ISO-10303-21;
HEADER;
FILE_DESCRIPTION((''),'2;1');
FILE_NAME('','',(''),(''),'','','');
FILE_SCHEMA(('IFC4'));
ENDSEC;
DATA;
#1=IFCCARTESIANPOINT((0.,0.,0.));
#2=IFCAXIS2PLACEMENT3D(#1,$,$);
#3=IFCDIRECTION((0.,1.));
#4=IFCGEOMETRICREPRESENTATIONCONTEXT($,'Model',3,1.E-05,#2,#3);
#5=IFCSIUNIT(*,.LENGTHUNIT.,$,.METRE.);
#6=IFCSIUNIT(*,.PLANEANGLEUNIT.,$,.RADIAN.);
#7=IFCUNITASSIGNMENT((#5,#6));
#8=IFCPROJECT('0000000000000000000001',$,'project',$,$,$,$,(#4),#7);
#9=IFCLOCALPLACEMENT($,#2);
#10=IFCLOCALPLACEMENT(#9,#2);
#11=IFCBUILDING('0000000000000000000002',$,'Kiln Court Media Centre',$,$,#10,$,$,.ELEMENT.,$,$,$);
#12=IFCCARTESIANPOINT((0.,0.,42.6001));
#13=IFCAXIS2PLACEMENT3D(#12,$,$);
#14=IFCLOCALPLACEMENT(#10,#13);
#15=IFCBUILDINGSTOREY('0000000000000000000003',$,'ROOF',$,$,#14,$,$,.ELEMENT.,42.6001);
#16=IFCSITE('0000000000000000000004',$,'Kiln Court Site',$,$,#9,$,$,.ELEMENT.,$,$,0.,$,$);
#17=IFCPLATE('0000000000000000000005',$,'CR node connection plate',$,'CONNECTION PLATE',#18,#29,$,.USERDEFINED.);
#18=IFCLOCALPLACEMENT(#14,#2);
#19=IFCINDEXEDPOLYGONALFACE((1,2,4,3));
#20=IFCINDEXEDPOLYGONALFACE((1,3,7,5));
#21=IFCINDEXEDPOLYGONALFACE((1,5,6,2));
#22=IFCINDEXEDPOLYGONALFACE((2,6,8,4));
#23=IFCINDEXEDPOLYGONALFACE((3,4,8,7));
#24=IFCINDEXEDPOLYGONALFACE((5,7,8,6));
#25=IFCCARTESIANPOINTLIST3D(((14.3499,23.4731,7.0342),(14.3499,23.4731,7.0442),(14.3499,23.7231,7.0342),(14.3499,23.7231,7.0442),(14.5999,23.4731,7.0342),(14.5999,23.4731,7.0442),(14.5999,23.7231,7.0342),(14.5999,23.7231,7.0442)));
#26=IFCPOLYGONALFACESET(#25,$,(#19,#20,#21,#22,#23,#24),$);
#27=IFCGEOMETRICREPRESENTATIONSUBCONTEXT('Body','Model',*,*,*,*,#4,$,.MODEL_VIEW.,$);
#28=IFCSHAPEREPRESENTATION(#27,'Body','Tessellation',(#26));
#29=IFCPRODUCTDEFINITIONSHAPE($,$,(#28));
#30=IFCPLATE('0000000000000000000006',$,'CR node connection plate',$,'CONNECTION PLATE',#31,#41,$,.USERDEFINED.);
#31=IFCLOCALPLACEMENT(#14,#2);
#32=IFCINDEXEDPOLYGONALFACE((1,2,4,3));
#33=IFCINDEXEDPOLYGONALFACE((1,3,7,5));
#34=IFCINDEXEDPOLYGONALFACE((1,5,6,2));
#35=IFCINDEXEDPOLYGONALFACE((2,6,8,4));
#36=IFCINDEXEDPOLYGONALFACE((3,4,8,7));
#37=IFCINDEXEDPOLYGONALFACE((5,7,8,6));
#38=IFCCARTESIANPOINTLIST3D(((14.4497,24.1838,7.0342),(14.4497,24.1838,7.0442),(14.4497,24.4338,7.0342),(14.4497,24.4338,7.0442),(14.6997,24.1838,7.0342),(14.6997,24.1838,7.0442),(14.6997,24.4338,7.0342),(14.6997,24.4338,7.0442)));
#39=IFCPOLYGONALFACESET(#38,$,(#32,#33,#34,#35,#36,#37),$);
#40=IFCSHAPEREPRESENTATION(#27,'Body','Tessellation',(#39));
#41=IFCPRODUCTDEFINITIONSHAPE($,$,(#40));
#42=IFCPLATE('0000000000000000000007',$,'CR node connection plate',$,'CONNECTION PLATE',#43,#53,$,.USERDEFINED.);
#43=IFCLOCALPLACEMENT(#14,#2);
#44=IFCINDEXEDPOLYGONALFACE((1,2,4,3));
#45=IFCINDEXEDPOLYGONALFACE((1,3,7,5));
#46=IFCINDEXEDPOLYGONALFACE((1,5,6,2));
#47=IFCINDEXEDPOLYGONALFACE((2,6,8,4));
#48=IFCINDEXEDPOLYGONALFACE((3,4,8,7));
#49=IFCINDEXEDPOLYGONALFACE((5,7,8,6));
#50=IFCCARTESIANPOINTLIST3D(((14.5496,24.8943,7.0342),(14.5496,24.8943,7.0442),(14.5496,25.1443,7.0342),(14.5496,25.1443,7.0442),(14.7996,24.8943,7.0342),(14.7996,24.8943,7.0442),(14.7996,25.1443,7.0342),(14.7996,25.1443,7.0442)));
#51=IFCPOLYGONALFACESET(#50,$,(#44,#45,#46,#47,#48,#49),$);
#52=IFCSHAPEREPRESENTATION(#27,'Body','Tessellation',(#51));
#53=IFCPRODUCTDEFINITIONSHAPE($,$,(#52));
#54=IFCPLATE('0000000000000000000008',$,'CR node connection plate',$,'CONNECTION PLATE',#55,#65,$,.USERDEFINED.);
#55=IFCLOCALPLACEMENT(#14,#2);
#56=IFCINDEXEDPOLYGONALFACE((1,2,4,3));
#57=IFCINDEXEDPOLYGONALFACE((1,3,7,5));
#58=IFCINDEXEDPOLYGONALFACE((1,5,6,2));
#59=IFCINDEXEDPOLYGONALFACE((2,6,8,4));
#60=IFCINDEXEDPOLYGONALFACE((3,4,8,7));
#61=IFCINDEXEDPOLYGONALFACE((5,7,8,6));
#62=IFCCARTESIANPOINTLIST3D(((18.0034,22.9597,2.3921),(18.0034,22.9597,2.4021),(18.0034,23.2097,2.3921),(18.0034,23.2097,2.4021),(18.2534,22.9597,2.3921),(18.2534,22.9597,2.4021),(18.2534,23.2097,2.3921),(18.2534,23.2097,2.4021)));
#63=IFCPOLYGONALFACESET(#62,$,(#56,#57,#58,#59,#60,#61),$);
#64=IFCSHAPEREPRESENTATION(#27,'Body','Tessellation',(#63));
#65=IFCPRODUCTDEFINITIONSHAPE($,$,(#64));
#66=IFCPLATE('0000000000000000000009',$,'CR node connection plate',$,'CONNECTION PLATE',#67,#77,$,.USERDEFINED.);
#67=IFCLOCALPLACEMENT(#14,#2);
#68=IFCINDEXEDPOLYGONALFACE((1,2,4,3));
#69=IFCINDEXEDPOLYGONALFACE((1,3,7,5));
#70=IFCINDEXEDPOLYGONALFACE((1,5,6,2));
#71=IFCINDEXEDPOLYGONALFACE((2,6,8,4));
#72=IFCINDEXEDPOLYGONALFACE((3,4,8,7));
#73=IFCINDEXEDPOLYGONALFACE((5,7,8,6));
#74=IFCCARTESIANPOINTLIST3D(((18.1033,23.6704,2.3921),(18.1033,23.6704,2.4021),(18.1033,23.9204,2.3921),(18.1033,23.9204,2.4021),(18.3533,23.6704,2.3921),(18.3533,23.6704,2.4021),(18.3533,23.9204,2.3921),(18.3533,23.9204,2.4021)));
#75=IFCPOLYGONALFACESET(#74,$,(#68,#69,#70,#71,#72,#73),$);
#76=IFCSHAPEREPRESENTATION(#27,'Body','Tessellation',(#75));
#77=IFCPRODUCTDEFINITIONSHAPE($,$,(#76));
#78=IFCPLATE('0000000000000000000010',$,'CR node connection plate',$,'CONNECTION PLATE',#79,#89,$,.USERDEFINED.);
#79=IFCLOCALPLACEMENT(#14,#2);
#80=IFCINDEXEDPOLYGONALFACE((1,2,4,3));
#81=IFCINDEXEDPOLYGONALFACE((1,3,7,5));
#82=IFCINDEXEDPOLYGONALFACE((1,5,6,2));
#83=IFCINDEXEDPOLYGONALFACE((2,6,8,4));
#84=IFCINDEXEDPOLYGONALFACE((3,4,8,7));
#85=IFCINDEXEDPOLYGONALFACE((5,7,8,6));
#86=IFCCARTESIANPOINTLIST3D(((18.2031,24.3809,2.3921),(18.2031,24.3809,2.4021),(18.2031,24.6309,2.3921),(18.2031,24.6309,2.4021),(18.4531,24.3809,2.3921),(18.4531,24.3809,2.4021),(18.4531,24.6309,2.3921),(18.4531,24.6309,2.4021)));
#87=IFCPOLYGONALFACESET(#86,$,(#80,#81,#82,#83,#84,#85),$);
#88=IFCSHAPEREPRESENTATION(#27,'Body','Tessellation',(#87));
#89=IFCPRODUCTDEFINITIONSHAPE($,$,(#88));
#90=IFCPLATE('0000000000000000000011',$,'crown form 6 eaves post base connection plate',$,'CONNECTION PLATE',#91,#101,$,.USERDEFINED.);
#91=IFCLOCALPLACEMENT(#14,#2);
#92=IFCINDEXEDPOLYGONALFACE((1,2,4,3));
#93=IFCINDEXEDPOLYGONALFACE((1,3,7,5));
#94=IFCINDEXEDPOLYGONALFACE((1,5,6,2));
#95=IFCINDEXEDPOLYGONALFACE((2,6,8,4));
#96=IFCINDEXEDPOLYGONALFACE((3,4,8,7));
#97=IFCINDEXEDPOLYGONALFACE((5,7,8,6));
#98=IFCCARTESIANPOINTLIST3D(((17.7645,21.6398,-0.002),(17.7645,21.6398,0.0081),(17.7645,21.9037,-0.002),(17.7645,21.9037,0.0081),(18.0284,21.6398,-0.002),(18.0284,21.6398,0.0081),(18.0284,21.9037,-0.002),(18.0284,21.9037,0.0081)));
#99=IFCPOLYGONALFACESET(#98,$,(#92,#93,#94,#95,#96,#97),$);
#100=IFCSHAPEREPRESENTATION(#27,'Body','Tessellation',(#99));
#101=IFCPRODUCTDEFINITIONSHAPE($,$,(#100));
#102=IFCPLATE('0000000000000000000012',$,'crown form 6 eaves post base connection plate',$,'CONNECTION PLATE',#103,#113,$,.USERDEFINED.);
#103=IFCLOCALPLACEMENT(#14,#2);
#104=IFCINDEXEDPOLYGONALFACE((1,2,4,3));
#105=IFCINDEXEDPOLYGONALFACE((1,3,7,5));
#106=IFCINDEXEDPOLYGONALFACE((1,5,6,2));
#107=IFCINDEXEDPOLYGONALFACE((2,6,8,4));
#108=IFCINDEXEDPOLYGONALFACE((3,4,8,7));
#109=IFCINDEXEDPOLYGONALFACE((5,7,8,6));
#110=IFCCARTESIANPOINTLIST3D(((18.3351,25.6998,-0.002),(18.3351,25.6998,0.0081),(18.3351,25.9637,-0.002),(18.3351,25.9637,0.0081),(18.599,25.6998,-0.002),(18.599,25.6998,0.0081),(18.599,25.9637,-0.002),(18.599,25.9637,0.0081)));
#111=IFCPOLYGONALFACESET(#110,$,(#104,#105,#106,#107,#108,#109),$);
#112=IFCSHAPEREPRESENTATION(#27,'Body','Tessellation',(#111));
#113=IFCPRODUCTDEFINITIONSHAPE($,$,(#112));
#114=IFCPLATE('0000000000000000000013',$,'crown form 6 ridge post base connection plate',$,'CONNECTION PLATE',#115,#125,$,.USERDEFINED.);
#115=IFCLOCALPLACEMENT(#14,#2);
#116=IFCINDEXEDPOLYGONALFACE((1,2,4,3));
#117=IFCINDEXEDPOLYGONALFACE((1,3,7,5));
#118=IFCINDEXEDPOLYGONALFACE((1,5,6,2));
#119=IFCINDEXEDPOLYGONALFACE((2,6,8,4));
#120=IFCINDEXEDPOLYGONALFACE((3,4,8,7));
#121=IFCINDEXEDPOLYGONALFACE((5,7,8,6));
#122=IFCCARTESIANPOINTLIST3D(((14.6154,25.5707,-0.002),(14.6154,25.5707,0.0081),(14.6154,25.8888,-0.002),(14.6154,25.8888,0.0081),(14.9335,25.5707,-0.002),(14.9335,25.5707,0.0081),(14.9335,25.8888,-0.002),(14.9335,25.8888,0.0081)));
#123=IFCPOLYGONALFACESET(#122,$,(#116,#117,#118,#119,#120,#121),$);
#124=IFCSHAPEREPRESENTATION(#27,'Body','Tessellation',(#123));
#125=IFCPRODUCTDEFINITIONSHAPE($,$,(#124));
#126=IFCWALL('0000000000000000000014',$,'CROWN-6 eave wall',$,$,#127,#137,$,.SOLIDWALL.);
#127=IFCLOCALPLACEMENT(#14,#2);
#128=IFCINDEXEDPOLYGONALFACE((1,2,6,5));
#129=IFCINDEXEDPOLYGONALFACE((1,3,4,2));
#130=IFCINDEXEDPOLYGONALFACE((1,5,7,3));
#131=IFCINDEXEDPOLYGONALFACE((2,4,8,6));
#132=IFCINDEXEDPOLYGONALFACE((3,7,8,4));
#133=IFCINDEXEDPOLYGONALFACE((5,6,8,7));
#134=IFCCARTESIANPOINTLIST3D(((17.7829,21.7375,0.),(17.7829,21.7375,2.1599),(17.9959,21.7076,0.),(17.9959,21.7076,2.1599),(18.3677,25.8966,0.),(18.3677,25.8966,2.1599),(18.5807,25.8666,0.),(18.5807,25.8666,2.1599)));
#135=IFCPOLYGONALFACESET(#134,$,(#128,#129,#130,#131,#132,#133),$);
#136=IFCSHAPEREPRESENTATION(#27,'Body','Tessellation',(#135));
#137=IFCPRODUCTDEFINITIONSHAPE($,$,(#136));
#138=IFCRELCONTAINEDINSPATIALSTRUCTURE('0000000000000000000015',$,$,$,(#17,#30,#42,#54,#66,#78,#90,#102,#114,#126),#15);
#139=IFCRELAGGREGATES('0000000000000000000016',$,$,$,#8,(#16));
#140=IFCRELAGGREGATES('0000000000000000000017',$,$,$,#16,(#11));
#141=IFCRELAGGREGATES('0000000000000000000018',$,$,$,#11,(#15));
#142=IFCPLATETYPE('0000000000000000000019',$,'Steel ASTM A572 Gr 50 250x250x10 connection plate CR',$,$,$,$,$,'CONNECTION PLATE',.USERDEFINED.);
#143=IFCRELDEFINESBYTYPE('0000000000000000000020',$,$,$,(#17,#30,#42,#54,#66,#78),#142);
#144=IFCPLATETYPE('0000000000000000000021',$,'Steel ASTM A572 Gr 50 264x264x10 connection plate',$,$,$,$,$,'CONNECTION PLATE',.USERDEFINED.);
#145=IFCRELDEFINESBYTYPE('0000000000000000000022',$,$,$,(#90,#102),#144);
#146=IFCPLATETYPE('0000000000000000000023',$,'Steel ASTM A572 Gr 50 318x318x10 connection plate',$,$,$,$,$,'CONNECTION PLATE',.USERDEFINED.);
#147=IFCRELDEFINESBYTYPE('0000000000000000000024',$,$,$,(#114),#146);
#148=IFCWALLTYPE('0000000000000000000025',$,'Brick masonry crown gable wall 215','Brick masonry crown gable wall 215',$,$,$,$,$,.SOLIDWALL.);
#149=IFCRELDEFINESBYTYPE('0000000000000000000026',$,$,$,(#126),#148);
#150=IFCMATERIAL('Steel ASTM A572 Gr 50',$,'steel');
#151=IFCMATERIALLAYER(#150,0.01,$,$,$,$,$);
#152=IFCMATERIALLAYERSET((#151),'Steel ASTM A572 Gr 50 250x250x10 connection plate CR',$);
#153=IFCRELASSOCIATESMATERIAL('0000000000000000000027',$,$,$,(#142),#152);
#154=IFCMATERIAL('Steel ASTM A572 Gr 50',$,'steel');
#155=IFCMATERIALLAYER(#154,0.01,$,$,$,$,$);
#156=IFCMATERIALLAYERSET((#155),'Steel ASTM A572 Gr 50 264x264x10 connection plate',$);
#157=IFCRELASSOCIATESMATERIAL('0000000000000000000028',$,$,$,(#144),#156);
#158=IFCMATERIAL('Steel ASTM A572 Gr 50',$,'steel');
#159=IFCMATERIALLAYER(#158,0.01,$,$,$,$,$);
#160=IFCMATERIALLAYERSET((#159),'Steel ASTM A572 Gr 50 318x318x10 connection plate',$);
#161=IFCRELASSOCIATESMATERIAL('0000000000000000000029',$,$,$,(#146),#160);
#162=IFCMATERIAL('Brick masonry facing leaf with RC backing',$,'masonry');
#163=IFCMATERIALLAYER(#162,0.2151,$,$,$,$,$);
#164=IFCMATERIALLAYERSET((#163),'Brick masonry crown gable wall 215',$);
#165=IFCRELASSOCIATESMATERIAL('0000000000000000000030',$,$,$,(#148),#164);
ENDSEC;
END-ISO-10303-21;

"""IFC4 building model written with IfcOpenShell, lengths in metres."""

from ifc_helpers import new_model, si_unit, direction, frame, frame_2d, origin, origin_2d, place, context, subcontext, project, spatial, rectangle, extrude, material, layer, layer_set, type_object, element, save


model = new_model("IFC4")

# Units and contexts
model_context = context("Model", 3, precision=1e-05, world=origin(), true_north=direction((0.0, 1.0)))
body_context = subcontext(model_context, "Body", "Model", "MODEL_VIEW")
ifc_project = project(units=[si_unit("LENGTHUNIT", "METRE"), si_unit("PLANEANGLEUNIT", "RADIAN")], contexts=[model_context])

# Site, building, storey
site_placement = place(None, origin())
site = spatial("IfcSite", under=ifc_project, at=site_placement, Name="Kiln Court Site", CompositionType="ELEMENT", RefElevation=0.0)
building_placement = place(site_placement, origin())
building = spatial("IfcBuilding", under=site, at=building_placement, Name="Kiln Court Media Centre", CompositionType="ELEMENT")
storey_placement = place(building_placement, frame((0.0, 0.0, 42.6001)))
storey = spatial("IfcBuildingStorey", under=building, at=storey_placement, Name="ROOF", CompositionType="ELEMENT", Elevation=42.6001)

# Plates
ifc_material_1 = material(Name="Steel ASTM A572 Gr 50", Category="steel")
ifc_layer_1 = layer(ifc_material_1, 0.01)
ifc_layer_set_1 = layer_set([ifc_layer_1], Name="Steel ASTM A572 Gr 50 250x250x10 connection plate CR")
plate_type_1 = type_object("IfcPlateType", Name="Steel ASTM A572 Gr 50 250x250x10 connection plate CR", ElementType="CONNECTION PLATE", PredefinedType="USERDEFINED", material=ifc_layer_set_1)
for number, where, z_axis, x_axis, name in (
    (1, (14.4749, 23.5981, 7.0342), (0.0, 0.0, 1.0), (1.0, 0.0, 0.0), "CR node connection plate"),
    (2, (14.5747, 24.3088, 7.0342), (0.0, 0.0, 1.0), (1.0, 0.0, 0.0), "CR node connection plate"),
    (3, (14.6746, 25.0193, 7.0342), (0.0, 0.0, 1.0), (1.0, 0.0, 0.0), "CR node connection plate"),
    (4, (18.1284, 23.0847, 2.3921), (0.0, 0.0, 1.0), (1.0, 0.0, 0.0), "CR node connection plate"),
    (5, (18.2283, 23.7954, 2.3921), (0.0, 0.0, 1.0), (1.0, 0.0, 0.0), "CR node connection plate"),
    (6, (18.3281, 24.5059, 2.3921), (0.0, 0.0, 1.0), (1.0, 0.0, 0.0), "CR node connection plate"),
):
    element("IfcPlate", number, at=place(storey_placement, frame(where, z_axis=z_axis, x_axis=x_axis)), inside=storey, type_object=plate_type_1, Name=name, ObjectType="CONNECTION PLATE", PredefinedType="USERDEFINED", context=body_context, shape_type="SweptSolid", body=[
        extrude(rectangle(XDim=0.25, YDim=0.25, at=origin_2d()), origin(), (0.0, 0.0, 1.0), 0.01),
    ])
ifc_material_2 = material(Name="Steel ASTM A572 Gr 50", Category="steel")
ifc_layer_2 = layer(ifc_material_2, 0.01)
ifc_layer_set_2 = layer_set([ifc_layer_2], Name="Steel ASTM A572 Gr 50 264x264x10 connection plate")
plate_type_2 = type_object("IfcPlateType", Name="Steel ASTM A572 Gr 50 264x264x10 connection plate", ElementType="CONNECTION PLATE", PredefinedType="USERDEFINED", material=ifc_layer_set_2)
for number, where, z_axis, x_axis, name in (
    (7, (17.8965, 21.7717, -0.002), (0.0, 0.0, 1.0), (1.0, 0.0, 0.0), "crown form 6 eaves post base connection plate"),
    (8, (18.467, 25.8318, -0.002), (0.0, 0.0, 1.0), (1.0, 0.0, 0.0), "crown form 6 eaves post base connection plate"),
):
    element("IfcPlate", number, at=place(storey_placement, frame(where, z_axis=z_axis, x_axis=x_axis)), inside=storey, type_object=plate_type_2, Name=name, ObjectType="CONNECTION PLATE", PredefinedType="USERDEFINED", context=body_context, shape_type="SweptSolid", body=[
        extrude(rectangle(XDim=0.2639, YDim=0.2639, at=origin_2d()), origin(), (0.0, 0.0, 1.0), 0.01),
    ])
ifc_material_3 = material(Name="Steel ASTM A572 Gr 50", Category="steel")
ifc_layer_3 = layer(ifc_material_3, 0.01)
ifc_layer_set_3 = layer_set([ifc_layer_3], Name="Steel ASTM A572 Gr 50 318x318x10 connection plate")
plate_type_3 = type_object("IfcPlateType", Name="Steel ASTM A572 Gr 50 318x318x10 connection plate", ElementType="CONNECTION PLATE", PredefinedType="USERDEFINED", material=ifc_layer_set_3)
plate_placement = place(storey_placement, frame((14.7744, 25.7297, -0.002), z_axis=(0.0, 0.0, 1.0), x_axis=(1.0, 0.0, 0.0)))
element("IfcPlate", 9, at=plate_placement, inside=storey, type_object=plate_type_3, Name="crown form 6 ridge post base connection plate", ObjectType="CONNECTION PLATE", PredefinedType="USERDEFINED", context=body_context, shape_type="SweptSolid", body=[
    extrude(rectangle(XDim=0.3181, YDim=0.3181, at=origin_2d()), origin(), (0.0, 0.0, 1.0), 0.01),
])

# Wall
ifc_material_4 = material(Name="Brick masonry facing leaf with RC backing", Category="masonry")
ifc_layer_4 = layer(ifc_material_4, 0.2151)
ifc_layer_set_4 = layer_set([ifc_layer_4], Name="Brick masonry crown gable wall 215")
wall_type = type_object("IfcWallType", Name="Brick masonry crown gable wall 215", Description="Brick masonry crown gable wall 215", PredefinedType="SOLIDWALL", material=ifc_layer_set_4)
wall_placement = place(storey_placement, frame((17.8894, 21.7224, 0.0), z_axis=(0.0, 0.0, 1.0), x_axis=(0.139224, 0.990261, 0.0)))
element("IfcWall", 10, at=wall_placement, inside=storey, type_object=wall_type, Name="CROWN-6 eave wall", PredefinedType="SOLIDWALL", context=body_context, shape_type="SweptSolid", body=[
    extrude(rectangle(XDim=4.2, YDim=0.2151, at=frame_2d((2.1001, 0.0))), origin(), (0.0, 0.0, 1.0), 2.1599),
])

save(model, "model.ifc")
